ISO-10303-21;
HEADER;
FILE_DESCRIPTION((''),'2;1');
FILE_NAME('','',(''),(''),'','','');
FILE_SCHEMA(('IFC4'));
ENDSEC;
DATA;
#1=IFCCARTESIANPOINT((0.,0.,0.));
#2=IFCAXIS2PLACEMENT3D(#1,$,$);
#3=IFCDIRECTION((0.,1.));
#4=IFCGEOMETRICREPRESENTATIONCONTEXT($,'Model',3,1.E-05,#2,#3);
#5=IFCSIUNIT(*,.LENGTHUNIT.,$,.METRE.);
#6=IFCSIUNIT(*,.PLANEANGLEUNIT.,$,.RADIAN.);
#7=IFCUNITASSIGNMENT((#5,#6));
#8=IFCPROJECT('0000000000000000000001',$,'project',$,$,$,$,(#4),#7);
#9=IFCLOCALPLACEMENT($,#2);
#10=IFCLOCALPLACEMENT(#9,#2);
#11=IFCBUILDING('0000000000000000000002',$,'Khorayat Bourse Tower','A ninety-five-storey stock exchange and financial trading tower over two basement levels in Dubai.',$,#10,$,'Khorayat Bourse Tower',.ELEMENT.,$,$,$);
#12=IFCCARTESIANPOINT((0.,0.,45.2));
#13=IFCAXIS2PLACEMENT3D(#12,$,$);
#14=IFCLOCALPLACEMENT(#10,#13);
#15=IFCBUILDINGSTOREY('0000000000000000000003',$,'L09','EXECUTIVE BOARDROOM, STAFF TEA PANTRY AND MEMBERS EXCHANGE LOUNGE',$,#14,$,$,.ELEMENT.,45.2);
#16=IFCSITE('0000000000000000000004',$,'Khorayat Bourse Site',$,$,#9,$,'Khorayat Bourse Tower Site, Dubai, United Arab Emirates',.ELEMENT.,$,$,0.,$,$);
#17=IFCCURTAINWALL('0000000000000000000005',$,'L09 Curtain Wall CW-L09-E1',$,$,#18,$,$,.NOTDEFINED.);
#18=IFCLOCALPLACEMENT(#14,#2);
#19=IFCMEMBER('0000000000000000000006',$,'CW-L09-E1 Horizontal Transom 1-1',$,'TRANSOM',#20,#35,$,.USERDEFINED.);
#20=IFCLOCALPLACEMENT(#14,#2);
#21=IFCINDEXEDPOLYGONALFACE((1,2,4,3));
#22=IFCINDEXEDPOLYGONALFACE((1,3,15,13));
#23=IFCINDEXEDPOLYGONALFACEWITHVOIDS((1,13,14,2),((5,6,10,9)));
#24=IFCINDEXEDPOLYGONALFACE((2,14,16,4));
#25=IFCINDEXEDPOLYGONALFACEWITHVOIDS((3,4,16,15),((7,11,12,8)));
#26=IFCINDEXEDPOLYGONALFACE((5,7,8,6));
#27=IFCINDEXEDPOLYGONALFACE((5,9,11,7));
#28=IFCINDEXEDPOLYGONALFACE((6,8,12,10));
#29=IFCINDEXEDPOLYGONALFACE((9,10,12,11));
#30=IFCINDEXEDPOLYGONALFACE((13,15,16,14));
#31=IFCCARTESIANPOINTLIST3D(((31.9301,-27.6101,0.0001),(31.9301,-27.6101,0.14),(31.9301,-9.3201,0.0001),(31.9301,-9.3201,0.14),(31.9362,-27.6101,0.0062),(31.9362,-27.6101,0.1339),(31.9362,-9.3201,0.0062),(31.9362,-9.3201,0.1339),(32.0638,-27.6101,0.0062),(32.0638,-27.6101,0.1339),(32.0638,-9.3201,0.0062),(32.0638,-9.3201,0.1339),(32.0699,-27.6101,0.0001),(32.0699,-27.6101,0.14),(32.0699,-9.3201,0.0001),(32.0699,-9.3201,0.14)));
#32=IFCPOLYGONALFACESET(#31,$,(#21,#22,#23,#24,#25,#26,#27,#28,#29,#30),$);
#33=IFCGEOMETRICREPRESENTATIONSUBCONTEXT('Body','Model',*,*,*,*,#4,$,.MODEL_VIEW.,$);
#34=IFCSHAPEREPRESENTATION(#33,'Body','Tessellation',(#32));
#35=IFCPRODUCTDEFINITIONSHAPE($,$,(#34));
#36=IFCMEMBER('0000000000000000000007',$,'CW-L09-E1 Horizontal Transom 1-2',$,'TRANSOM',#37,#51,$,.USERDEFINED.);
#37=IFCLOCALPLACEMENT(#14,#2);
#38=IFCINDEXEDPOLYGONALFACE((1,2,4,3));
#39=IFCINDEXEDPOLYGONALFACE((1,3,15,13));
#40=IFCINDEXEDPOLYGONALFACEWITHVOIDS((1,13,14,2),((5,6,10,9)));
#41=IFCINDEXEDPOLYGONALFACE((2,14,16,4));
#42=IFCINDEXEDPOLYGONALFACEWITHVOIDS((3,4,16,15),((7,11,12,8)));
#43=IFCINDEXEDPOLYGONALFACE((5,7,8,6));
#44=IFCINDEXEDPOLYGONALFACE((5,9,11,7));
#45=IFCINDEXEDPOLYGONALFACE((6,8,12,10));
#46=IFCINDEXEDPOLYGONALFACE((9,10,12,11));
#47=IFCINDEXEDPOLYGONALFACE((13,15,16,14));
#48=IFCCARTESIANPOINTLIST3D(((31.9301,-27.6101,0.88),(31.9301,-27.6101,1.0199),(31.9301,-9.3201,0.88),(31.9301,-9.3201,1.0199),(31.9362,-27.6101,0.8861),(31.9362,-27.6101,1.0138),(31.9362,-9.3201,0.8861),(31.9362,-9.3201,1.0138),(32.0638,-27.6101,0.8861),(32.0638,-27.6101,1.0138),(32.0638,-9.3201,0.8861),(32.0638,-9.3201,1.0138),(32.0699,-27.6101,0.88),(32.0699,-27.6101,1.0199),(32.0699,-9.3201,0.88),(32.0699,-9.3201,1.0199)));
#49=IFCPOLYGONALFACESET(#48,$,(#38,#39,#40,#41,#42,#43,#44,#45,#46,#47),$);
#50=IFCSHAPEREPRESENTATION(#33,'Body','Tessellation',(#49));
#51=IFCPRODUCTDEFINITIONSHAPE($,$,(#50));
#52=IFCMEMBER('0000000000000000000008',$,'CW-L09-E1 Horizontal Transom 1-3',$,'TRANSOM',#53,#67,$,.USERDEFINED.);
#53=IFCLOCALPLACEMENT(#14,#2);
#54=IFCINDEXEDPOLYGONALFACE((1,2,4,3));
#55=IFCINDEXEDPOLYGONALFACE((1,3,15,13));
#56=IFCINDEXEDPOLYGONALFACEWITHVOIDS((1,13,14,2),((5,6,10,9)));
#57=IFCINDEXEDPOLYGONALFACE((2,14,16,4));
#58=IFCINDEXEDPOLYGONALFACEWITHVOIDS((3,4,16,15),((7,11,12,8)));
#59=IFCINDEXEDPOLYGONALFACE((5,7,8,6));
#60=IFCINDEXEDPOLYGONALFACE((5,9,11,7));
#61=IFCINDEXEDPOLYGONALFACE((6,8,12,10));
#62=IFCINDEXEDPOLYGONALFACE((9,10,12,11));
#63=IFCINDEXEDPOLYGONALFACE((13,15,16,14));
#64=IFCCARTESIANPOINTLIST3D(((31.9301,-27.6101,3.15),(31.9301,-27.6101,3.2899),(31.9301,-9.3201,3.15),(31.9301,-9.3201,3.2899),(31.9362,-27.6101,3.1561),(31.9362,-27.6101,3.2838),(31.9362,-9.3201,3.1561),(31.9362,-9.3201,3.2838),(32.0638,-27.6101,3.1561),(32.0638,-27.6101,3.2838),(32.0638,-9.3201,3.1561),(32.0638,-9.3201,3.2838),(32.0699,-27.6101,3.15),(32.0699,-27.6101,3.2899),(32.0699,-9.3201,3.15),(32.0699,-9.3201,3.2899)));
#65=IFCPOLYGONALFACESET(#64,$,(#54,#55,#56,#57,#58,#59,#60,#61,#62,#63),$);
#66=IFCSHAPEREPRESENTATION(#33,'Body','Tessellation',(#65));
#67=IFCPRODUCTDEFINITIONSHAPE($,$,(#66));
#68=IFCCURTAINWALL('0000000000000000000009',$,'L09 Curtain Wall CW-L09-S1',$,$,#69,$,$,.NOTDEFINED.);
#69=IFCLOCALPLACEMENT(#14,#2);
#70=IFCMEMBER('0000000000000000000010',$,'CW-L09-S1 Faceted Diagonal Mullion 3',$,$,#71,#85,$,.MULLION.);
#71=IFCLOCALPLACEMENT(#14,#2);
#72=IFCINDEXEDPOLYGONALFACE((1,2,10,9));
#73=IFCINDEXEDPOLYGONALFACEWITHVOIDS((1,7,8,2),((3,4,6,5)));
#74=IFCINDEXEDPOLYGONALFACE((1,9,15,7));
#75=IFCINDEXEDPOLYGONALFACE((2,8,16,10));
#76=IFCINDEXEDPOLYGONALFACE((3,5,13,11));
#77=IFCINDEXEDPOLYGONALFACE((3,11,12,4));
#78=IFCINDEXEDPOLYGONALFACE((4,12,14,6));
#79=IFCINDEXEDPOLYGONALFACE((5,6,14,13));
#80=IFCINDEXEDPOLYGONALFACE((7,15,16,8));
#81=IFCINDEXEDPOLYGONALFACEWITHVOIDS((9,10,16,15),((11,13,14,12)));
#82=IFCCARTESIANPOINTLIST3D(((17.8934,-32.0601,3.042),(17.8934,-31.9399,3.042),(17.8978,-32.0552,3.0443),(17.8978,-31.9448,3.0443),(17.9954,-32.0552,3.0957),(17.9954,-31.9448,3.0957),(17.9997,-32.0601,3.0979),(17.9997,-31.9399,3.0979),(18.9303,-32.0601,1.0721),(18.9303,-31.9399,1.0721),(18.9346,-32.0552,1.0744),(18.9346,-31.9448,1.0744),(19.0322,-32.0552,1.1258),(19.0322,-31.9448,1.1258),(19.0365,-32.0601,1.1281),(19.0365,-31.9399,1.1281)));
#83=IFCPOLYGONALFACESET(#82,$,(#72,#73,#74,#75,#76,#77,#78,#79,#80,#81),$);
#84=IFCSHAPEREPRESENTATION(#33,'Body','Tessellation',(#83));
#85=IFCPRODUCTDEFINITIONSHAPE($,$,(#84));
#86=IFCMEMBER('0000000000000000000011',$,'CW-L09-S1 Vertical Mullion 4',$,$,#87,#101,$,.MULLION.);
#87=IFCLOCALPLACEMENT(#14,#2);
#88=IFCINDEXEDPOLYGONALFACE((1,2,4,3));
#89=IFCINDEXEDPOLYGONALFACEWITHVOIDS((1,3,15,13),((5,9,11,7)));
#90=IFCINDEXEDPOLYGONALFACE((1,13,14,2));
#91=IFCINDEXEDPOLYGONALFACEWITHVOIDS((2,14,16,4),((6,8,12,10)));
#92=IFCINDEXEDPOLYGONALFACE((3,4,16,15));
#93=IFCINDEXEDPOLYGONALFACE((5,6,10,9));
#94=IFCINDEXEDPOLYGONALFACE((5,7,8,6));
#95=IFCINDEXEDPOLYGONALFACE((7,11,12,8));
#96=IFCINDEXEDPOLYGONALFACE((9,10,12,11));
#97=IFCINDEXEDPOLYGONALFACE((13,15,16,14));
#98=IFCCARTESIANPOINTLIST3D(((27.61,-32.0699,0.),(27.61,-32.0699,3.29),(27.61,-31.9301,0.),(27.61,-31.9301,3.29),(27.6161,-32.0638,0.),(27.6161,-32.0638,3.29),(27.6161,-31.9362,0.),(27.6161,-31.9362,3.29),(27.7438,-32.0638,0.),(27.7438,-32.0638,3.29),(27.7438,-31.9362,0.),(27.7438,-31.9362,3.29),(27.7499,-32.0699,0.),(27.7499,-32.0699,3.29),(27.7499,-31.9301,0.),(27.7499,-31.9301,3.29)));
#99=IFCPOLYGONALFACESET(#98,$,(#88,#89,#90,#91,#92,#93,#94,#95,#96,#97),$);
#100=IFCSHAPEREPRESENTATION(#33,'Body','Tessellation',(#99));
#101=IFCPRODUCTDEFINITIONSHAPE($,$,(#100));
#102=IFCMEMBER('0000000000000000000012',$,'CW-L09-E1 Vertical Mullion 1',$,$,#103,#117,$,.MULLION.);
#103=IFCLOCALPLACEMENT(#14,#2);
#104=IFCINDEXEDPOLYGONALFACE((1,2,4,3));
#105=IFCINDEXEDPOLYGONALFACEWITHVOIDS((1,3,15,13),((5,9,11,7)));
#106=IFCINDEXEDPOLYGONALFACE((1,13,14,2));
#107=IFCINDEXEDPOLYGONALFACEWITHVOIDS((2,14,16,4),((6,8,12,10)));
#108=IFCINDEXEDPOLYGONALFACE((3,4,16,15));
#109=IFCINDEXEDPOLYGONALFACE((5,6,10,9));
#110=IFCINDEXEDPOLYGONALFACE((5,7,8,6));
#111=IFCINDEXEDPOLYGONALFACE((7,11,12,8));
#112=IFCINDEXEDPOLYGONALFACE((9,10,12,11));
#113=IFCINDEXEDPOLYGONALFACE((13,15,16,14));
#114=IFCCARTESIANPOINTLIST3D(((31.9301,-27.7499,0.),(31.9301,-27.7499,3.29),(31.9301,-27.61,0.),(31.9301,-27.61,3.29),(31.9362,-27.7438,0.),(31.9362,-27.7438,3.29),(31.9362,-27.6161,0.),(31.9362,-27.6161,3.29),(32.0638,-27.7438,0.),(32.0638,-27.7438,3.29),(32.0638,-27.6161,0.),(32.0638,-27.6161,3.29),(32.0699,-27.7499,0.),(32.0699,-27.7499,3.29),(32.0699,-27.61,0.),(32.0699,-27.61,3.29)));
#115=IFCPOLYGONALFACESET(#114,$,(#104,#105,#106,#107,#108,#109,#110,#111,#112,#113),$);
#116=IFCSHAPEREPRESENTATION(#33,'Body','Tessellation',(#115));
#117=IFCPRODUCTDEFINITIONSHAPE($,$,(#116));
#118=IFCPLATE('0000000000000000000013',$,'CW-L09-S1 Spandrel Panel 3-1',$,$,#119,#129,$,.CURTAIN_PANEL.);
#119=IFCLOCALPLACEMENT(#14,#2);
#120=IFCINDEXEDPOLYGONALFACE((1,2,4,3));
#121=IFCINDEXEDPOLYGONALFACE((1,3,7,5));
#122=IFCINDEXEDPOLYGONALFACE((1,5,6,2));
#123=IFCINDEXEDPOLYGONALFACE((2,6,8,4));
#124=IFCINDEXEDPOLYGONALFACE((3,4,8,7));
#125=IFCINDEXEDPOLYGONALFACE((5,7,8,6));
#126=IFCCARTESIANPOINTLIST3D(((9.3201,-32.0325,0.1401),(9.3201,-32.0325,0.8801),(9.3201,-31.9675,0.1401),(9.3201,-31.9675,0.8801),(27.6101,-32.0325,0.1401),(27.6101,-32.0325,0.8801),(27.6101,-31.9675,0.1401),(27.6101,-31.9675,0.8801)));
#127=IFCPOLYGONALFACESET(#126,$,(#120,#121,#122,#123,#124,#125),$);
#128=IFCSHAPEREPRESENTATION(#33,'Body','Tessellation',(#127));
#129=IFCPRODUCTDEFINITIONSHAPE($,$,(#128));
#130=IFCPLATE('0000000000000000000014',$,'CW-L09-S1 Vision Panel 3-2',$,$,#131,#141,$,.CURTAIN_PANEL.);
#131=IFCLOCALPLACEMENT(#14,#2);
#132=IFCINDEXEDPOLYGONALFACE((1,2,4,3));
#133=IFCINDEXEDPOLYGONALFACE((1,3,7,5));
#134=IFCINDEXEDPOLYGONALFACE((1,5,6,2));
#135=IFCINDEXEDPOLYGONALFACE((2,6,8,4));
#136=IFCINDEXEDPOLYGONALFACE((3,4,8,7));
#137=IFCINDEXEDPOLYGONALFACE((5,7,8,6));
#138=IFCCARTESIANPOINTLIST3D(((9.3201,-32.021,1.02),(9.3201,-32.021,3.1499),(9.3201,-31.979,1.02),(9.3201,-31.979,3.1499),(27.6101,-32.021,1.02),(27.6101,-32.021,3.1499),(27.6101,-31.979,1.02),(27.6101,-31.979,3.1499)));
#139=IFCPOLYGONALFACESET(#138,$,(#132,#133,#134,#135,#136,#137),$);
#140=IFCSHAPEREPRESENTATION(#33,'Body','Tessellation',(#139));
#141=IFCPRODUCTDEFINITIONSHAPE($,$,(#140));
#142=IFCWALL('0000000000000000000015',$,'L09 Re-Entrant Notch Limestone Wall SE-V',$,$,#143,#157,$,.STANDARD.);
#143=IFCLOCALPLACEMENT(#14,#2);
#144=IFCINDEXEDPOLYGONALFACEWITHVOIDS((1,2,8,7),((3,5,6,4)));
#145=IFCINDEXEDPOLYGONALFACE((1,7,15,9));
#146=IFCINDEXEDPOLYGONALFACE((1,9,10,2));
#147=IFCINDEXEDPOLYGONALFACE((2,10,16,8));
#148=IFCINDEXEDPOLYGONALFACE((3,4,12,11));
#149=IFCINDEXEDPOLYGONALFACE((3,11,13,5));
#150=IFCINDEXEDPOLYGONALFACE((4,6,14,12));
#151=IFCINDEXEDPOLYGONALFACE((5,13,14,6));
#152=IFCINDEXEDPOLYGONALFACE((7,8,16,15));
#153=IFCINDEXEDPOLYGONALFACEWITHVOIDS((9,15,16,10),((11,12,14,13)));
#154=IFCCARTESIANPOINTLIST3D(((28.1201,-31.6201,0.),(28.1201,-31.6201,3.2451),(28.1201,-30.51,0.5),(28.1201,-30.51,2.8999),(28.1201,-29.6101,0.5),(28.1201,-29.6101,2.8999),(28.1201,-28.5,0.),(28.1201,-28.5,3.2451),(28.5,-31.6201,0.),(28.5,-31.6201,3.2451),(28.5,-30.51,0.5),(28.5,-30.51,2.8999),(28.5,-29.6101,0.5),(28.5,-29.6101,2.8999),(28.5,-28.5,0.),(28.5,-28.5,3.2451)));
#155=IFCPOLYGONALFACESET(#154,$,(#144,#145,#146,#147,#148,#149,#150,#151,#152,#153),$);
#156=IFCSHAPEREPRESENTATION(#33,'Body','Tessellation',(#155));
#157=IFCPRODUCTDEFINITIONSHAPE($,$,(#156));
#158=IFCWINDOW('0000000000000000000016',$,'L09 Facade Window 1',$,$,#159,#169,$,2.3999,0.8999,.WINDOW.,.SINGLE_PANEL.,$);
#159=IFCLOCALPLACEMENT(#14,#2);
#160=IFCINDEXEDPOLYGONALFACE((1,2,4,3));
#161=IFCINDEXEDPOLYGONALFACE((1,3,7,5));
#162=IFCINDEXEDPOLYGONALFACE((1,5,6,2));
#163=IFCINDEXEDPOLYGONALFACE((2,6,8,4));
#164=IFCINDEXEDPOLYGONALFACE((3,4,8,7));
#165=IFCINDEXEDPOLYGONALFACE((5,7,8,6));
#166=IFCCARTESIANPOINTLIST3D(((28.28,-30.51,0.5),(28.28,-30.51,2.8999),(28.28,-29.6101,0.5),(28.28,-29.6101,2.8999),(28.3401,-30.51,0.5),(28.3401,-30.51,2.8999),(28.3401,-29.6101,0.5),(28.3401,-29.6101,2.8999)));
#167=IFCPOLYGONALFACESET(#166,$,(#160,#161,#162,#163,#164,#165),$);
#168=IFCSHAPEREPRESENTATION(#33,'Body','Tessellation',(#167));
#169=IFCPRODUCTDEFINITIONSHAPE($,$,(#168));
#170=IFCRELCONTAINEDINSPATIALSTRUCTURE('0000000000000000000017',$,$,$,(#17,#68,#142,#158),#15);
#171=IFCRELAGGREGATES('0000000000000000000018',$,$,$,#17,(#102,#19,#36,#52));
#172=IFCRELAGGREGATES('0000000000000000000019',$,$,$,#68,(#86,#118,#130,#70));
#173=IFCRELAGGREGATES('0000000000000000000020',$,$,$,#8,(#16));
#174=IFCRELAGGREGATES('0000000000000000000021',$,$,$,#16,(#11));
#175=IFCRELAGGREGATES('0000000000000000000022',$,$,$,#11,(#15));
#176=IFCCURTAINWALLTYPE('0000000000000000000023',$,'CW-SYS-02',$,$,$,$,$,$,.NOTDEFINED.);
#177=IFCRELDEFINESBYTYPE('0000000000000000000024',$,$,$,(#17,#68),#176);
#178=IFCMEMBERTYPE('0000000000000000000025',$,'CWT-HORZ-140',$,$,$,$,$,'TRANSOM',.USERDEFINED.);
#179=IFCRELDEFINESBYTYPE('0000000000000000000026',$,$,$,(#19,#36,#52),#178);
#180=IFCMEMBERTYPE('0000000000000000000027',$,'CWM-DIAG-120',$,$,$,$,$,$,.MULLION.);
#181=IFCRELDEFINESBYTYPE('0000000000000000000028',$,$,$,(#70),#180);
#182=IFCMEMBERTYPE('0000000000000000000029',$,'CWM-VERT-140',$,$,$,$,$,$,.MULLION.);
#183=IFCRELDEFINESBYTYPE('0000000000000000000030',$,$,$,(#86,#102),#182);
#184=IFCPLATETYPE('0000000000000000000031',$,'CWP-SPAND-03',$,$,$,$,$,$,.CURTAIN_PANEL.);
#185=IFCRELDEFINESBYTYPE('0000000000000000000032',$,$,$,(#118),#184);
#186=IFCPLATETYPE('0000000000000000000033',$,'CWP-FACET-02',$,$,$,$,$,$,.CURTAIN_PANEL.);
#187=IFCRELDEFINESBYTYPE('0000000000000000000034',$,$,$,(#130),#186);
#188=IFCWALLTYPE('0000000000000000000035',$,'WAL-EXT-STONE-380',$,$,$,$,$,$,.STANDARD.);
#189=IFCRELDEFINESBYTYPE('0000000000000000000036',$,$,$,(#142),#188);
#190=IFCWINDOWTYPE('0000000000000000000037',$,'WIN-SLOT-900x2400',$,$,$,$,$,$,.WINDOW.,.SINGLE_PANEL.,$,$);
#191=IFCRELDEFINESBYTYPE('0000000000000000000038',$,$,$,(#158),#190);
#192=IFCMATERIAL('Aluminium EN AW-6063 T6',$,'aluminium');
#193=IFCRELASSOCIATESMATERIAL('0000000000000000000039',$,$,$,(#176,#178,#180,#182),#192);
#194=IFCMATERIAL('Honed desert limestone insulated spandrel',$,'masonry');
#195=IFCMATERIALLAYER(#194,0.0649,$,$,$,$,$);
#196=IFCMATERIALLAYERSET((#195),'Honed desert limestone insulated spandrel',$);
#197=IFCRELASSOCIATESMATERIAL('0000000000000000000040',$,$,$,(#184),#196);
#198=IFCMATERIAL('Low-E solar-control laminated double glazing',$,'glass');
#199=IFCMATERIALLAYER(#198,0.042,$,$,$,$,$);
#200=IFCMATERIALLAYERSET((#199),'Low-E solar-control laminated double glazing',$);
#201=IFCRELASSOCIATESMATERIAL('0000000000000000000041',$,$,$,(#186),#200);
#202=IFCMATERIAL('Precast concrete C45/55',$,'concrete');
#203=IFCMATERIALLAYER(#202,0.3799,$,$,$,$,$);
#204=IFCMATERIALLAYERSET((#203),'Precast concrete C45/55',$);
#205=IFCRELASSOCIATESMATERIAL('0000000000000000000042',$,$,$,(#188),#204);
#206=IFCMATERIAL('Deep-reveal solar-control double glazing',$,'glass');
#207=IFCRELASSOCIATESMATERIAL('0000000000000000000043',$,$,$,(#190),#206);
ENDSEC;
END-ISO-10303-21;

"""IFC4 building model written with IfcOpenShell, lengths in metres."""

from ifc_helpers import new_model, si_unit, direction, frame, frame_2d, origin, origin_2d, place, context, subcontext, project, spatial, rectangle, hollow_rectangle, extrude, source, transform, mapped, material, layer, layer_set, material_profile, profile_set, type_object, element, fill, aggregate, save


model = new_model("IFC4")

# Units and contexts
model_context = context("Model", 3, precision=1e-05, world=origin(), true_north=direction((0.0, 1.0)))
body_context = subcontext(model_context, "Body", "Model", "MODEL_VIEW")
ifc_project = project(units=[si_unit("LENGTHUNIT", "METRE"), si_unit("PLANEANGLEUNIT", "RADIAN")], contexts=[model_context])

# Site, building, storey
site_placement = place(None, origin())
site = spatial("IfcSite", under=ifc_project, at=site_placement, Name="Khorayat Bourse Site", LongName="Khorayat Bourse Tower Site, Dubai, United Arab Emirates", CompositionType="ELEMENT", RefElevation=0.0)
building_placement = place(site_placement, origin())
building = spatial("IfcBuilding", under=site, at=building_placement, Name="Khorayat Bourse Tower", Description="A ninety-five-storey stock exchange and financial trading tower over two basement levels in Dubai.", LongName="Khorayat Bourse Tower", CompositionType="ELEMENT")
storey_placement = place(building_placement, frame((0.0, 0.0, 45.2)))
storey = spatial("IfcBuildingStorey", under=building, at=storey_placement, Name="L09", Description="EXECUTIVE BOARDROOM, STAFF TEA PANTRY AND MEMBERS EXCHANGE LOUNGE", CompositionType="ELEMENT", Elevation=45.2)

# Curtain walls, members
ifc_material_1 = material(Name="Aluminium EN AW-6063 T6", Category="aluminium")
curtain_wall_type = type_object("IfcCurtainWallType", Name="CW-SYS-02", PredefinedType="NOTDEFINED", material=ifc_material_1)
curtain_wall_1_placement = place(storey_placement, origin())
curtain_wall_1 = element("IfcCurtainWall", 1, at=curtain_wall_1_placement, inside=storey, type_object=curtain_wall_type, Name="L09 Curtain Wall CW-L09-E1", PredefinedType="NOTDEFINED")
ifc_material_profile_1 = material_profile(ifc_material_1, hollow_rectangle(XDim=0.1399, YDim=0.1399, WallThickness=0.0061, at=origin_2d()), Name="ALU 140x140x6")
ifc_profile_set_1 = profile_set([ifc_material_profile_1], Name="Aluminium EN AW-6063 T6")
member_type_1 = type_object("IfcMemberType", Name="CWT-HORZ-140", ElementType="TRANSOM", PredefinedType="USERDEFINED", material=ifc_profile_set_1)
shared_shape_1 = source(origin(), body_context, "Body", "SweptSolid", [
    extrude(hollow_rectangle(XDim=0.1399, YDim=0.1399, WallThickness=0.0061, at=origin_2d()), origin(), (0.0, 0.0, 1.0), 18.29),
])
member_1_placement = place(storey_placement, frame((32.0, -27.6101, 0.0701), z_axis=(0.0, 1.0, 0.0), x_axis=(-1.0, 0.0, 0.0)))
member_1 = element("IfcMember", 2, at=member_1_placement, type_object=member_type_1, Name="CW-L09-E1 Horizontal Transom 1-1", ObjectType="TRANSOM", PredefinedType="USERDEFINED", context=body_context, shape_type="MappedRepresentation", body=[
    mapped(shared_shape_1, transform((0.0, 0.0, 0.0), scale=1.0)),
])
member_2_placement = place(storey_placement, frame((32.0, -27.6101, 0.95), z_axis=(0.0, 1.0, 0.0), x_axis=(-1.0, 0.0, 0.0)))
member_2 = element("IfcMember", 3, at=member_2_placement, type_object=member_type_1, Name="CW-L09-E1 Horizontal Transom 1-2", ObjectType="TRANSOM", PredefinedType="USERDEFINED", context=body_context, shape_type="MappedRepresentation", body=[
    mapped(shared_shape_1, transform((0.0, 0.0, 0.0), scale=1.0)),
])
member_3_placement = place(storey_placement, frame((32.0, -27.6101, 3.22), z_axis=(0.0, 1.0, 0.0), x_axis=(-1.0, 0.0, 0.0)))
member_3 = element("IfcMember", 4, at=member_3_placement, type_object=member_type_1, Name="CW-L09-E1 Horizontal Transom 1-3", ObjectType="TRANSOM", PredefinedType="USERDEFINED", context=body_context, shape_type="MappedRepresentation", body=[
    mapped(shared_shape_1, transform((0.0, 0.0, 0.0), scale=1.0)),
])
curtain_wall_2_placement = place(storey_placement, origin())
curtain_wall_2 = element("IfcCurtainWall", 5, at=curtain_wall_2_placement, inside=storey, type_object=curtain_wall_type, Name="L09 Curtain Wall CW-L09-S1", PredefinedType="NOTDEFINED")
ifc_material_profile_2 = material_profile(ifc_material_1, hollow_rectangle(XDim=0.1201, YDim=0.1201, WallThickness=0.0049, at=origin_2d()), Name="ALU 120x120x5")
ifc_profile_set_2 = profile_set([ifc_material_profile_2], Name="Aluminium EN AW-6063 T6")
member_type_2 = type_object("IfcMemberType", Name="CWM-DIAG-120", PredefinedType="MULLION", material=ifc_profile_set_2)
shared_shape_2 = source(origin(), body_context, "Body", "SweptSolid", [
    extrude(hollow_rectangle(XDim=0.1201, YDim=0.1201, WallThickness=0.0049, at=origin_2d()), origin(), (0.0, 0.0, 1.0), 2.2261),
])
member_4_placement = place(storey_placement, frame((18.9834, -32.0, 1.1001), z_axis=(-0.46576, 0.0, 0.884911), x_axis=(0.0, -1.0, 0.0)))
member_4 = element("IfcMember", 6, at=member_4_placement, type_object=member_type_2, Name="CW-L09-S1 Faceted Diagonal Mullion 3", PredefinedType="MULLION", context=body_context, shape_type="MappedRepresentation", body=[
    mapped(shared_shape_2, transform((0.0, 0.0, 0.0), scale=1.0)),
])
ifc_material_profile_3 = material_profile(ifc_material_1, hollow_rectangle(XDim=0.1399, YDim=0.1399, WallThickness=0.0061, at=origin_2d()), Name="ALU 140x140x6")
ifc_profile_set_3 = profile_set([ifc_material_profile_3], Name="Aluminium EN AW-6063 T6")
member_type_3 = type_object("IfcMemberType", Name="CWM-VERT-140", PredefinedType="MULLION", material=ifc_profile_set_3)
shared_shape_3 = source(origin(), body_context, "Body", "SweptSolid", [
    extrude(hollow_rectangle(XDim=0.1399, YDim=0.1399, WallThickness=0.0061, at=origin_2d()), origin(), (0.0, 0.0, 1.0), 3.29),
])
member_5_placement = place(storey_placement, frame((27.6799, -32.0, 0.0), z_axis=(0.0, 0.0, 1.0), x_axis=(0.0, 1.0, 0.0)))
member_5 = element("IfcMember", 7, at=member_5_placement, type_object=member_type_3, Name="CW-L09-S1 Vertical Mullion 4", PredefinedType="MULLION", context=body_context, shape_type="MappedRepresentation", body=[
    mapped(shared_shape_3, transform((0.0, 0.0, 0.0), scale=1.0)),
])

# Member
member_6_placement = place(storey_placement, frame((32.0, -27.6799, 0.0), z_axis=(0.0, 0.0, 1.0), x_axis=(-1.0, 0.0, 0.0)))
member_6 = element("IfcMember", 8, at=member_6_placement, type_object=member_type_3, Name="CW-L09-E1 Vertical Mullion 1", PredefinedType="MULLION", context=body_context, shape_type="MappedRepresentation", body=[
    mapped(shared_shape_3, transform((0.0, 0.0, 0.0), scale=1.0)),
])
aggregate(curtain_wall_1, [member_6, member_1, member_2, member_3])

# Plates
ifc_material_2 = material(Name="Honed desert limestone insulated spandrel", Category="masonry")
ifc_layer_1 = layer(ifc_material_2, 0.0649)
ifc_layer_set_1 = layer_set([ifc_layer_1], Name="Honed desert limestone insulated spandrel")
plate_type_1 = type_object("IfcPlateType", Name="CWP-SPAND-03", PredefinedType="CURTAIN_PANEL", material=ifc_layer_set_1)
shared_shape_4 = source(origin(), body_context, "Body", "SweptSolid", [
    extrude(rectangle(XDim=18.29, YDim=0.0649, at=origin_2d()), origin(), (0.0, 0.0, 1.0), 0.74),
])
plate_1_placement = place(storey_placement, frame((18.4651, -32.0, 0.1401), z_axis=(0.0, 0.0, 1.0), x_axis=(1.0, 0.0, 0.0)))
plate_1 = element("IfcPlate", 9, at=plate_1_placement, type_object=plate_type_1, Name="CW-L09-S1 Spandrel Panel 3-1", PredefinedType="CURTAIN_PANEL", context=body_context, shape_type="MappedRepresentation", body=[
    mapped(shared_shape_4, transform((0.0, 0.0, 0.0), scale=1.0)),
])
ifc_material_3 = material(Name="Low-E solar-control laminated double glazing", Category="glass")
ifc_layer_2 = layer(ifc_material_3, 0.042)
ifc_layer_set_2 = layer_set([ifc_layer_2], Name="Low-E solar-control laminated double glazing")
plate_type_2 = type_object("IfcPlateType", Name="CWP-FACET-02", PredefinedType="CURTAIN_PANEL", material=ifc_layer_set_2)
shared_shape_5 = source(origin(), body_context, "Body", "SweptSolid", [
    extrude(rectangle(XDim=18.29, YDim=0.042, at=origin_2d()), origin(), (0.0, 0.0, 1.0), 2.1299),
])
plate_2_placement = place(storey_placement, frame((18.4651, -32.0, 1.02), z_axis=(0.0, 0.0, 1.0), x_axis=(1.0, 0.0, 0.0)))
plate_2 = element("IfcPlate", 10, at=plate_2_placement, type_object=plate_type_2, Name="CW-L09-S1 Vision Panel 3-2", PredefinedType="CURTAIN_PANEL", context=body_context, shape_type="MappedRepresentation", body=[
    mapped(shared_shape_5, transform((0.0, 0.0, 0.0), scale=1.0)),
])
aggregate(curtain_wall_2, [member_5, plate_1, plate_2, member_4])

# Wall, opening, window
ifc_material_4 = material(Name="Precast concrete C45/55", Category="concrete")
ifc_layer_3 = layer(ifc_material_4, 0.3799)
ifc_layer_set_3 = layer_set([ifc_layer_3], Name="Precast concrete C45/55")
wall_type_1 = type_object("IfcWallType", Name="WAL-EXT-STONE-380", PredefinedType="STANDARD", material=ifc_layer_set_3)
shared_shape_6 = source(origin(), body_context, "Body", "SweptSolid", [
    extrude(rectangle(XDim=3.1201, YDim=0.3799, at=frame_2d((1.5601, 0.0))), origin(), (0.0, 0.0, 1.0), 3.2451),
])
wall_1_placement = place(storey_placement, frame((28.3101, -31.6201, 0.0), z_axis=(0.0, 0.0, 1.0), x_axis=(0.0, 1.0, 0.0)))
wall_1 = element("IfcWall", 11, at=wall_1_placement, inside=storey, type_object=wall_type_1, Name="L09 Re-Entrant Notch Limestone Wall SE-V", PredefinedType="STANDARD", context=body_context, shape_type="MappedRepresentation", body=[
    mapped(shared_shape_6, transform((0.0, 0.0, 0.0), scale=1.0)),
])
shared_shape_7 = source(origin(), body_context, "Body", "SweptSolid", [
    extrude(rectangle(XDim=0.8999, YDim=2.3999, at=frame_2d((0.45, 1.2))), frame((0.0, 0.2, 0.0), z_axis=(0.0, -1.0, 0.0), x_axis=(1.0, 0.0, 0.0)), (0.0, 0.0, 1.0), 0.3999),
])
opening_1_placement = place(wall_1_placement, frame((1.1101, 0.0, 0.5)))
opening_1 = element("IfcOpeningElement", 12, at=opening_1_placement, cuts=wall_1, PredefinedType="OPENING", context=body_context, shape_type="MappedRepresentation", body=[
    mapped(shared_shape_7, transform((0.0, 0.0, 0.0), scale=1.0)),
])
ifc_material_5 = material(Name="Deep-reveal solar-control double glazing", Category="glass")
window_type = type_object("IfcWindowType", Name="WIN-SLOT-900x2400", PartitioningType="SINGLE_PANEL", PredefinedType="WINDOW", material=ifc_material_5)
shared_shape_8 = source(origin(), body_context, "Body", "SweptSolid", [
    extrude(rectangle(XDim=0.8999, YDim=2.3999, at=frame_2d((0.45, 1.2))), frame((0.0, 0.03, 0.0), z_axis=(0.0, -1.0, 0.0), x_axis=(1.0, 0.0, 0.0)), (0.0, 0.0, 1.0), 0.0601),
])
window_1_placement = place(opening_1_placement, origin())
window_1 = element("IfcWindow", 13, at=window_1_placement, inside=storey, type_object=window_type, Name="L09 Facade Window 1", OverallHeight=2.3999, OverallWidth=0.8999, PartitioningType="SINGLE_PANEL", PredefinedType="WINDOW", context=body_context, shape_type="MappedRepresentation", body=[
    mapped(shared_shape_8, transform((0.0, 0.0, 0.0), scale=1.0)),
])
fill(opening_1, window_1)

save(model, "model.ifc")
